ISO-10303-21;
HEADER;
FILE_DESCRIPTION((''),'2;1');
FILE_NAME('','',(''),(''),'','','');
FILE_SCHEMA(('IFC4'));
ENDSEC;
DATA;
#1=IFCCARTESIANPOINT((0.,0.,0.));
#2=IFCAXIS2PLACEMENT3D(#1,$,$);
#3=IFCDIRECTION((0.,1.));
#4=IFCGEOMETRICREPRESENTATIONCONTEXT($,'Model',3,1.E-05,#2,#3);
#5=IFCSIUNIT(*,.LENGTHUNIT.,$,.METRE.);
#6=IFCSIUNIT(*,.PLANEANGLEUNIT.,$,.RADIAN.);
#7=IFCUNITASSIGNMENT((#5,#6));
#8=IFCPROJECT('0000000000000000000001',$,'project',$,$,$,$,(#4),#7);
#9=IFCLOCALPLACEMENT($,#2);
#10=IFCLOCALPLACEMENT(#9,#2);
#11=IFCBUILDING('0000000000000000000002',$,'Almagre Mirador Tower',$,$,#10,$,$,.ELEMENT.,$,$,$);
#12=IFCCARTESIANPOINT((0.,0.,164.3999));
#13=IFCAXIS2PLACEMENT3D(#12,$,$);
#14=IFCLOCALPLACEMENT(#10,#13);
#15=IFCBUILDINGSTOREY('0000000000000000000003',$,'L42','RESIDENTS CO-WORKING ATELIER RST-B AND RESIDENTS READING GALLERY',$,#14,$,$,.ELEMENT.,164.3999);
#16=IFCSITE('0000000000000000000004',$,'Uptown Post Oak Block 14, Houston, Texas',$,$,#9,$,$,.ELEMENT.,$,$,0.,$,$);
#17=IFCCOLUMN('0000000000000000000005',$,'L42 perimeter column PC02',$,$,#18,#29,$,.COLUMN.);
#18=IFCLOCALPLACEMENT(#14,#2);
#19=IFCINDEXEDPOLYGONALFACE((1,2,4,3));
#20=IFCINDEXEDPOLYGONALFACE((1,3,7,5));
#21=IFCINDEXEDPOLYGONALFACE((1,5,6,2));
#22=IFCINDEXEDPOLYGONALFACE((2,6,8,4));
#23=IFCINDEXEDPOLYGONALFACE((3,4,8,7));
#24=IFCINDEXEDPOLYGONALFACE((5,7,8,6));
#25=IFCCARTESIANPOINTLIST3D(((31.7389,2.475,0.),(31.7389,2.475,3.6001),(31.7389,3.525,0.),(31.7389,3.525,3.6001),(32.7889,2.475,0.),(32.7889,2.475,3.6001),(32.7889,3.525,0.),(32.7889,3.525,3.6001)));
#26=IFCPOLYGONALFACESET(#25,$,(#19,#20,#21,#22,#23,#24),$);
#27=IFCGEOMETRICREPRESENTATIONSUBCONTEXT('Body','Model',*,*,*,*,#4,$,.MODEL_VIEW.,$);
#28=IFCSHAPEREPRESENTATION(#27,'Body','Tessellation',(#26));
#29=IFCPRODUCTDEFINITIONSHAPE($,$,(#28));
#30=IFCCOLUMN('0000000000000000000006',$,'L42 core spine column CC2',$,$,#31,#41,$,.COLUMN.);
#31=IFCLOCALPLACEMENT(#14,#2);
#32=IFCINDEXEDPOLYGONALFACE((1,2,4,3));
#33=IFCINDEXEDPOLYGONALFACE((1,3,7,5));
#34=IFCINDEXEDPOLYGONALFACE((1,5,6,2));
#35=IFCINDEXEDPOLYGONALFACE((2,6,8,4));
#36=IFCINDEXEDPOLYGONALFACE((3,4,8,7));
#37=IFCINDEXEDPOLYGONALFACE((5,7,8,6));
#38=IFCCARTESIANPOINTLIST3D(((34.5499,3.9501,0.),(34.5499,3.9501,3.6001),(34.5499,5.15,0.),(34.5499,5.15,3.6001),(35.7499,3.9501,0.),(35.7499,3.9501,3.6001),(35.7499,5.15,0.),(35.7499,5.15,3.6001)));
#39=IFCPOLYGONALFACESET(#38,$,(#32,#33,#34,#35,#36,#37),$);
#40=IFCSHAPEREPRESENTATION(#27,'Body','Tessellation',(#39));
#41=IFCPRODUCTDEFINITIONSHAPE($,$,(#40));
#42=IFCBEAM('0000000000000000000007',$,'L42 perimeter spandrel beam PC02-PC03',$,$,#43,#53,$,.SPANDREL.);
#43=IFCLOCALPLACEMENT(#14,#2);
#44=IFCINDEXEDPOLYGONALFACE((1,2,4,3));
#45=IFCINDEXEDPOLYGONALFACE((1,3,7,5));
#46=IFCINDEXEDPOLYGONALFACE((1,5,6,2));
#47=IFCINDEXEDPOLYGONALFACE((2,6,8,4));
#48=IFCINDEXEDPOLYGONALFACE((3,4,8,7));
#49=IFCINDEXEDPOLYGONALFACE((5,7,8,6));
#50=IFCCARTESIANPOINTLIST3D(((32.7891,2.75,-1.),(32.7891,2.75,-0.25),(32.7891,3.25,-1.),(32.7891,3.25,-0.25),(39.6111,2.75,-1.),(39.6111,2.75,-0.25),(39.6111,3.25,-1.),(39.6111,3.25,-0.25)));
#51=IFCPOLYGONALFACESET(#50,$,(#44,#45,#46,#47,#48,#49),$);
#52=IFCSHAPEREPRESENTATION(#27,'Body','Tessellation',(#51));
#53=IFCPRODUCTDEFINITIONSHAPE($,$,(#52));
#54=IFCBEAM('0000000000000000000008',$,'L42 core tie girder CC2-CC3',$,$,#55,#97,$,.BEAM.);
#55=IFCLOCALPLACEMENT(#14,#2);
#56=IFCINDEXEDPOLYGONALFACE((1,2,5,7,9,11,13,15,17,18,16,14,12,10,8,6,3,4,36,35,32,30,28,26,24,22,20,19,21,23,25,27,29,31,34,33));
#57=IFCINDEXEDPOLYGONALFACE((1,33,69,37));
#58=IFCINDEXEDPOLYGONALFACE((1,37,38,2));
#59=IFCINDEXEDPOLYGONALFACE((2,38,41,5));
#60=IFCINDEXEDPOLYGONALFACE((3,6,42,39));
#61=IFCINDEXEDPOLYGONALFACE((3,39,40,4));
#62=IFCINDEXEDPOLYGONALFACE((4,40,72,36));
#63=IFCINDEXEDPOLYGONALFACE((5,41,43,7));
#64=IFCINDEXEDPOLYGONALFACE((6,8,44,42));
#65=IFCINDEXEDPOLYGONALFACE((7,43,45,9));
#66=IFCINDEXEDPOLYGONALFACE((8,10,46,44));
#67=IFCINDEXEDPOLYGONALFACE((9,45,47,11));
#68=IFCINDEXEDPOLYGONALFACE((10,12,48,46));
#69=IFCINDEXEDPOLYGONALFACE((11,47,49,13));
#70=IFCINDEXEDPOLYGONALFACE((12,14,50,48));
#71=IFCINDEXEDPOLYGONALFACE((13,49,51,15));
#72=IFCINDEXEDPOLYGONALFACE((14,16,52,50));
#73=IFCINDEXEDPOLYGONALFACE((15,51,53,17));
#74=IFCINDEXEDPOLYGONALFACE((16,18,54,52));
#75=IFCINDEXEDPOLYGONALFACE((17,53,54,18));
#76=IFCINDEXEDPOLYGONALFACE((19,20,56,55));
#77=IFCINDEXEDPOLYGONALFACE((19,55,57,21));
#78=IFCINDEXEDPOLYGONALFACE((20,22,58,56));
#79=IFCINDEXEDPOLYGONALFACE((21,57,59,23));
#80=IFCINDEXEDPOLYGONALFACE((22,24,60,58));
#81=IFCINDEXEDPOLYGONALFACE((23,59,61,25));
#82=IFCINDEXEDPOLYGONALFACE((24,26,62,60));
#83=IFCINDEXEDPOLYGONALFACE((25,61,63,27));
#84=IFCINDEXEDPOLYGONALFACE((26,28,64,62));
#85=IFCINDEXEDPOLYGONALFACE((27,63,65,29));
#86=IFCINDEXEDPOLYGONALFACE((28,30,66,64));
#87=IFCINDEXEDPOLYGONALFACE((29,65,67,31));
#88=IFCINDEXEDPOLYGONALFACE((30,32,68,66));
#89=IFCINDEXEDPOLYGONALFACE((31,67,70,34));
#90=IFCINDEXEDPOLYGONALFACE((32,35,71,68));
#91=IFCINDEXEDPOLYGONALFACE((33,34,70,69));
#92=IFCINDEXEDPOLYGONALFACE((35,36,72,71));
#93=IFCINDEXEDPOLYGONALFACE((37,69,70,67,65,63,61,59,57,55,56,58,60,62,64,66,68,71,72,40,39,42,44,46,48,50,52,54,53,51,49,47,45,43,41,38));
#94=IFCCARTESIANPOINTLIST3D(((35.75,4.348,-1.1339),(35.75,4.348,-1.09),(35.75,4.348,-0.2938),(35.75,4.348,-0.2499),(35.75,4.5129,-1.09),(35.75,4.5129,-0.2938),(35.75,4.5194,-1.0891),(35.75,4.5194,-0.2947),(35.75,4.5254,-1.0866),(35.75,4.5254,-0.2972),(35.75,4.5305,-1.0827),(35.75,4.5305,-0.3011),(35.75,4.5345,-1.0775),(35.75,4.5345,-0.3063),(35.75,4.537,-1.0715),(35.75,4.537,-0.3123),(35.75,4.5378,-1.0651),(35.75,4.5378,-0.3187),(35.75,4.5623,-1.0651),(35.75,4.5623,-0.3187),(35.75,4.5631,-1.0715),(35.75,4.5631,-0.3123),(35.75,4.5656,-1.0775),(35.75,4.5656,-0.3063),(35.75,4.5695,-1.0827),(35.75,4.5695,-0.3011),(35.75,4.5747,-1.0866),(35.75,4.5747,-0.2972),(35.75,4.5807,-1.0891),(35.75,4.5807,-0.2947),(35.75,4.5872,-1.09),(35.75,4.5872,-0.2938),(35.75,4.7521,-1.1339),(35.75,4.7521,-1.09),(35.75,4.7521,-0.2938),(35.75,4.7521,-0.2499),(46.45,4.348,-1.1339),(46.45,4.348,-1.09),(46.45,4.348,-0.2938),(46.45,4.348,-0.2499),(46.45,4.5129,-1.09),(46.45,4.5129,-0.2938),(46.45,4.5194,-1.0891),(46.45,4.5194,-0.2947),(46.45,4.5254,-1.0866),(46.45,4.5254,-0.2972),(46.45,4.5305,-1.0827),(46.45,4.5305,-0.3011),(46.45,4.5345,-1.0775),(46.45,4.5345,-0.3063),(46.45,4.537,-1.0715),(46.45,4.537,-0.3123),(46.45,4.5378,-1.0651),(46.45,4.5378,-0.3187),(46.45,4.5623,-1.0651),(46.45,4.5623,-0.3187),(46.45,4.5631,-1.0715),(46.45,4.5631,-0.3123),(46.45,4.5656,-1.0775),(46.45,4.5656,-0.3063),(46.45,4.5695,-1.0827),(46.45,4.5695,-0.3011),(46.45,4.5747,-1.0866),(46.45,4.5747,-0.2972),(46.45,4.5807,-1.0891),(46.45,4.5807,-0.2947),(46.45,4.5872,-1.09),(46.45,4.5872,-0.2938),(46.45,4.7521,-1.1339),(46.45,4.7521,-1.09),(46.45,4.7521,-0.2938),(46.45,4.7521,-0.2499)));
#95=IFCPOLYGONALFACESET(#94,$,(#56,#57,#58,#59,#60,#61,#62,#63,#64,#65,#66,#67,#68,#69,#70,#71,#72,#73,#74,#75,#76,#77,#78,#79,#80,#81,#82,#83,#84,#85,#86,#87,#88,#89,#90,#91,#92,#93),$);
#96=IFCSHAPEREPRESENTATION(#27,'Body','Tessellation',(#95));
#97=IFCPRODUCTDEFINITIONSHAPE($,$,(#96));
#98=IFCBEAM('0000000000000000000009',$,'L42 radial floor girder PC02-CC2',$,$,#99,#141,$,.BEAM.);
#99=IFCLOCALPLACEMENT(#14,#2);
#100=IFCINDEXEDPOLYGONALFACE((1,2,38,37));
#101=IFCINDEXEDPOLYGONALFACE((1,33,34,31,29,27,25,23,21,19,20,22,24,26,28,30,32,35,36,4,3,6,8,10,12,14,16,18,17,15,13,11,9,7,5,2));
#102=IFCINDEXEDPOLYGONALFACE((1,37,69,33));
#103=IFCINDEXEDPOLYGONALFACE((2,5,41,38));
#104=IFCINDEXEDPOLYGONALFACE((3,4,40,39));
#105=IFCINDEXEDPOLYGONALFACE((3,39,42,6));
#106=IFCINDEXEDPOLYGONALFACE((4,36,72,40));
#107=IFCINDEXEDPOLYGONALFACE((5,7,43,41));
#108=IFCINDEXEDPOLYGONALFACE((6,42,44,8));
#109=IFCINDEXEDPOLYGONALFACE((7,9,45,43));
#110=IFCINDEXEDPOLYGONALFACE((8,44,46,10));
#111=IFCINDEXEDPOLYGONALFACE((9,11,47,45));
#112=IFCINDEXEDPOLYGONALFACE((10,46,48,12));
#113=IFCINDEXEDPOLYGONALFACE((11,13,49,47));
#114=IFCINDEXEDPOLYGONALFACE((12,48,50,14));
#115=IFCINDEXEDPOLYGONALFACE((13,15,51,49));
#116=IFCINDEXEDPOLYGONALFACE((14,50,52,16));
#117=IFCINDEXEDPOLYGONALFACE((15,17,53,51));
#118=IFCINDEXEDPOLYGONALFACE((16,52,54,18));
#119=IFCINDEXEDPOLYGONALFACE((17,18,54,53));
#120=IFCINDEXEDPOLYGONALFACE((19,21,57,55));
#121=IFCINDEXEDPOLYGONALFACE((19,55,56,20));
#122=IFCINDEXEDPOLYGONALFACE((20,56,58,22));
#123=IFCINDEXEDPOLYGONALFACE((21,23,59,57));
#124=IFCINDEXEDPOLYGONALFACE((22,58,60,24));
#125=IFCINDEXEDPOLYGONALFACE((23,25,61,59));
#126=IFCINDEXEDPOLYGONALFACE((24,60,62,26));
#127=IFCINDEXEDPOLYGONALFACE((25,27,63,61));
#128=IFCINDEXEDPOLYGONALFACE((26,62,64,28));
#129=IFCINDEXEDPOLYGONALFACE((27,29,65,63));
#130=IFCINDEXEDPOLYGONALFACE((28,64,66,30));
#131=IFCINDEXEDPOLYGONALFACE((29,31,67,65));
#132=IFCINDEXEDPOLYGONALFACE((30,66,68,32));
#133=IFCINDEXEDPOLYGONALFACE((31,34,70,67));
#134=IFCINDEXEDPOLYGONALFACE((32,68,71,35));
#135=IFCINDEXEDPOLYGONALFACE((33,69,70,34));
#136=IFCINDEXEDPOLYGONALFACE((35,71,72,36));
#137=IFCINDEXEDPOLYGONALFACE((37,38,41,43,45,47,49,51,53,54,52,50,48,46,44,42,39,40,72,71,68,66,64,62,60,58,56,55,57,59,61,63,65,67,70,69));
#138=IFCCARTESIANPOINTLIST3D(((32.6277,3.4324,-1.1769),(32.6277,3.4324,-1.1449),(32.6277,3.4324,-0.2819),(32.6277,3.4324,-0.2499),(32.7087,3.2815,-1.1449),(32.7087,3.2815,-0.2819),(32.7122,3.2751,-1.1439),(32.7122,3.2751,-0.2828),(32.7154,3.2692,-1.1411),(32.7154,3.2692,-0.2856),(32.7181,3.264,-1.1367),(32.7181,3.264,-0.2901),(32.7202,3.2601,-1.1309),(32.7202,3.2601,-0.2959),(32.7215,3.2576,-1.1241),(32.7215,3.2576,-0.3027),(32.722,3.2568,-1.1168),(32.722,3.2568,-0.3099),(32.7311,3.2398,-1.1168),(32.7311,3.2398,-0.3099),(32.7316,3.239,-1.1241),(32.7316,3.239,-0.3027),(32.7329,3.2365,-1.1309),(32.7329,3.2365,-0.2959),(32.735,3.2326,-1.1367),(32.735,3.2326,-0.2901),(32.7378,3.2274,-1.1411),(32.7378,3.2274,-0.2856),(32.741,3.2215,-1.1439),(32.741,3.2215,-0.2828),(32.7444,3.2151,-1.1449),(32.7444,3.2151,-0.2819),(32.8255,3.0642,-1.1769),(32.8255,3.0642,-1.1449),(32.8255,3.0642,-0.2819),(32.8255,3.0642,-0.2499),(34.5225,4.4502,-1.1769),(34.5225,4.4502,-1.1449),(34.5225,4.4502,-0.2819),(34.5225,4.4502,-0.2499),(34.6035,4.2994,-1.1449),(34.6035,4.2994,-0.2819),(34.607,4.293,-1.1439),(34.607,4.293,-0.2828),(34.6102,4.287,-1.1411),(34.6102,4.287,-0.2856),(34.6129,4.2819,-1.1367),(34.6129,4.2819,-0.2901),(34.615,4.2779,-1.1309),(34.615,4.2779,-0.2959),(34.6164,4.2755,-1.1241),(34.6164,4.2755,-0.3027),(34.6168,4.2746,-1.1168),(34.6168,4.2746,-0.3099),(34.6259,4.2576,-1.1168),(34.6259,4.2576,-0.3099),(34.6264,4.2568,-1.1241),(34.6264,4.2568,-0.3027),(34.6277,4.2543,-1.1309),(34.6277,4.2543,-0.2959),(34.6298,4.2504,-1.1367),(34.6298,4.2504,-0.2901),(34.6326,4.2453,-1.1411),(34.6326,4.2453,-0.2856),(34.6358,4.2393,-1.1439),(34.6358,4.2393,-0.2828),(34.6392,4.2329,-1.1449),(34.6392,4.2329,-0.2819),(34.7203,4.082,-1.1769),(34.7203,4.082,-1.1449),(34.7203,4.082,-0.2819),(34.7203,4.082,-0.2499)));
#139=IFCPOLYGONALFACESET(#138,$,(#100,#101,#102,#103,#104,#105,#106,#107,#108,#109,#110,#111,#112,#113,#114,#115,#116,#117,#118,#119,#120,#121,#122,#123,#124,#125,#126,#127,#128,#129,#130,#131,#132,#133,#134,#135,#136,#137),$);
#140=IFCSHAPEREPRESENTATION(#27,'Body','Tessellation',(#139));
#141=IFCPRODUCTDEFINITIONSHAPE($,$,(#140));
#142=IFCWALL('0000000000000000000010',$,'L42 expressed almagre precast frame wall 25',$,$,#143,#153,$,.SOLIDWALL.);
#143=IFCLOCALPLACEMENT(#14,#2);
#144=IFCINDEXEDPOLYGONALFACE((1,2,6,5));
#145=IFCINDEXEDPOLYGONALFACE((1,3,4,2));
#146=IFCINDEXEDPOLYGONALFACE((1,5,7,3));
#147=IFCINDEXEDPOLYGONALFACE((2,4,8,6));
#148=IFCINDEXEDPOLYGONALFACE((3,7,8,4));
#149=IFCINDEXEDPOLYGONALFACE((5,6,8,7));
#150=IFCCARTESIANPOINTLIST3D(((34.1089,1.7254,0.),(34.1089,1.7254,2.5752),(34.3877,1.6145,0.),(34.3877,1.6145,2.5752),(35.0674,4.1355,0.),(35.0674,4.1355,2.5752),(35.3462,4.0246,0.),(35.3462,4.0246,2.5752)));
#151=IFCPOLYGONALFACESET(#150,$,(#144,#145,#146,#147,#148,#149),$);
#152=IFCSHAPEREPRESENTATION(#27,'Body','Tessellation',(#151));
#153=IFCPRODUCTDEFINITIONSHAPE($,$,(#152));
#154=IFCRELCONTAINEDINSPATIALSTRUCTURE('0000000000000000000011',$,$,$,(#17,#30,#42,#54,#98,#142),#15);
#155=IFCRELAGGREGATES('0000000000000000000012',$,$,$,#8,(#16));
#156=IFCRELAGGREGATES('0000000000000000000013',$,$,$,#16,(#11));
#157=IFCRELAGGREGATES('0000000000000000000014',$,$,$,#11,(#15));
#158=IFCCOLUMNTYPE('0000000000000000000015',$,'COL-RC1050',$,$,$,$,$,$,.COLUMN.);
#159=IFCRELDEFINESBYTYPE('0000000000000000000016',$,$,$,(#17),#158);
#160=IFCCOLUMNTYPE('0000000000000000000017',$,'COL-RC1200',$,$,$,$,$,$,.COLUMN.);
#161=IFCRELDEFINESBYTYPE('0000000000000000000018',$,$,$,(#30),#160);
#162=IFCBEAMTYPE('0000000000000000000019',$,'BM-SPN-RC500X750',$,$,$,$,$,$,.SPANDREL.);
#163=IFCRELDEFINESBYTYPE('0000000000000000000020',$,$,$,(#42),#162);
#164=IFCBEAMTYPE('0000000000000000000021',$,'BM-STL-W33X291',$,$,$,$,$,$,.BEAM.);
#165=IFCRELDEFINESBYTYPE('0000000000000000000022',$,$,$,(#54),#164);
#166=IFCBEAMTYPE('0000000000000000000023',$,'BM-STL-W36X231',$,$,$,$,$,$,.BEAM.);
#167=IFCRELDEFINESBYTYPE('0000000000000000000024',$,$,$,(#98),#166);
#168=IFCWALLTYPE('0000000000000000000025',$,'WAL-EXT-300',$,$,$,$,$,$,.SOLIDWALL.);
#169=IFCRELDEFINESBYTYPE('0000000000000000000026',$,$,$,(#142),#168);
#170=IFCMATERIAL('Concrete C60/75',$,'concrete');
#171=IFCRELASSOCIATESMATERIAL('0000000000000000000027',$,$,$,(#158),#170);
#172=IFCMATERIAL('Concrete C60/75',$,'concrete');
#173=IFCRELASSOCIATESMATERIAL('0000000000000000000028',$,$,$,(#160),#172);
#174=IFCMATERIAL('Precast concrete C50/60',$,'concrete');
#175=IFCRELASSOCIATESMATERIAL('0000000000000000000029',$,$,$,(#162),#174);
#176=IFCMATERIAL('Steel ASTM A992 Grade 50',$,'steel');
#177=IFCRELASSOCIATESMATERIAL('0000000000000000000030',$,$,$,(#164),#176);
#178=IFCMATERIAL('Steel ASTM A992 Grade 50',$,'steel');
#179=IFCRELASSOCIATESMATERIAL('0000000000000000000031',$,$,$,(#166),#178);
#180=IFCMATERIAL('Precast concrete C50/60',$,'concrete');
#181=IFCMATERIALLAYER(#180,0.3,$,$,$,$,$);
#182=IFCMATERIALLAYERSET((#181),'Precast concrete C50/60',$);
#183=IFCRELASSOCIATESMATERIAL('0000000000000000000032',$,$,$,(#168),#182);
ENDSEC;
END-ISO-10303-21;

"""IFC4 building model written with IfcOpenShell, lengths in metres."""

from ifc_helpers import new_model, si_unit, direction, frame, frame_2d, origin, origin_2d, place, context, subcontext, project, spatial, rectangle, i_section, extrude, material, layer, layer_set, material_profile, profile_set, type_object, element, save


model = new_model("IFC4")

# Units and contexts
model_context = context("Model", 3, precision=1e-05, world=origin(), true_north=direction((0.0, 1.0)))
body_context = subcontext(model_context, "Body", "Model", "MODEL_VIEW")
ifc_project = project(units=[si_unit("LENGTHUNIT", "METRE"), si_unit("PLANEANGLEUNIT", "RADIAN")], contexts=[model_context])

# Site, building, storey
site_placement = place(None, origin())
site = spatial("IfcSite", under=ifc_project, at=site_placement, Name="Uptown Post Oak Block 14, Houston, Texas", CompositionType="ELEMENT", RefElevation=0.0)
building_placement = place(site_placement, origin())
building = spatial("IfcBuilding", under=site, at=building_placement, Name="Almagre Mirador Tower", CompositionType="ELEMENT")
storey_placement = place(building_placement, frame((0.0, 0.0, 164.3999)))
storey = spatial("IfcBuildingStorey", under=building, at=storey_placement, Name="L42", Description="RESIDENTS CO-WORKING ATELIER RST-B AND RESIDENTS READING GALLERY", CompositionType="ELEMENT", Elevation=164.3999)

# Columns
ifc_material_1 = material(Name="Concrete C60/75", Category="concrete")
ifc_material_profile_1 = material_profile(ifc_material_1, rectangle(XDim=1.05, YDim=1.05, at=origin_2d()), Name="RC1050X1050")
ifc_profile_set_1 = profile_set([ifc_material_profile_1], Name="Concrete C60/75")
column_type_1 = type_object("IfcColumnType", Name="COL-RC1050", PredefinedType="COLUMN", material=ifc_profile_set_1)
column_1_placement = place(storey_placement, frame((32.2639, 3.0, 0.0), z_axis=(0.0, 0.0, 1.0), x_axis=(1.0, 0.0, 0.0)))
element("IfcColumn", 1, at=column_1_placement, inside=storey, type_object=column_type_1, Name="L42 perimeter column PC02", PredefinedType="COLUMN", context=body_context, shape_type="SweptSolid", body=[
    extrude(rectangle(XDim=1.05, YDim=1.05, at=origin_2d()), origin(), (0.0, 0.0, 1.0), 3.6001),
])
ifc_material_2 = material(Name="Concrete C60/75", Category="concrete")
ifc_material_profile_2 = material_profile(ifc_material_2, rectangle(XDim=1.2, YDim=1.2, at=origin_2d()), Name="RC1200X1200")
ifc_profile_set_2 = profile_set([ifc_material_profile_2], Name="Concrete C60/75")
column_type_2 = type_object("IfcColumnType", Name="COL-RC1200", PredefinedType="COLUMN", material=ifc_profile_set_2)
column_2_placement = place(storey_placement, frame((35.1499, 4.55, 0.0), z_axis=(0.0, 0.0, 1.0), x_axis=(1.0, 0.0, 0.0)))
element("IfcColumn", 2, at=column_2_placement, inside=storey, type_object=column_type_2, Name="L42 core spine column CC2", PredefinedType="COLUMN", context=body_context, shape_type="SweptSolid", body=[
    extrude(rectangle(XDim=1.2, YDim=1.2, at=origin_2d()), origin(), (0.0, 0.0, 1.0), 3.6001),
])

# Beams
ifc_material_3 = material(Name="Precast concrete C50/60", Category="concrete")
ifc_material_profile_3 = material_profile(ifc_material_3, rectangle(XDim=0.5, YDim=0.75, at=origin_2d()), Name="RC500X750")
ifc_profile_set_3 = profile_set([ifc_material_profile_3], Name="Precast concrete C50/60")
beam_type_1 = type_object("IfcBeamType", Name="BM-SPN-RC500X750", PredefinedType="SPANDREL", material=ifc_profile_set_3)
beam_1_placement = place(storey_placement, frame((32.7891, 3.0, -0.625), z_axis=(1.0, 0.0, 0.0), x_axis=(0.0, 1.0, 0.0)))
element("IfcBeam", 3, at=beam_1_placement, inside=storey, type_object=beam_type_1, Name="L42 perimeter spandrel beam PC02-PC03", PredefinedType="SPANDREL", context=body_context, shape_type="SweptSolid", body=[
    extrude(rectangle(XDim=0.5, YDim=0.75, at=origin_2d()), origin(), (0.0, 0.0, 1.0), 6.822),
])
ifc_material_4 = material(Name="Steel ASTM A992 Grade 50", Category="steel")
ifc_material_profile_4 = material_profile(ifc_material_4, i_section(OverallWidth=0.4041, OverallDepth=0.884, WebThickness=0.0244, FlangeThickness=0.0439, FilletRadius=0.0249, at=origin_2d()), Name="W33X291")
ifc_profile_set_4 = profile_set([ifc_material_profile_4], Name="Steel ASTM A992 Grade 50")
beam_type_2 = type_object("IfcBeamType", Name="BM-STL-W33X291", PredefinedType="BEAM", material=ifc_profile_set_4)
beam_2_placement = place(storey_placement, frame((35.75, 4.55, -0.6919), z_axis=(1.0, 0.0, 0.0), x_axis=(0.0, 1.0, 0.0)))
element("IfcBeam", 4, at=beam_2_placement, inside=storey, type_object=beam_type_2, Name="L42 core tie girder CC2-CC3", PredefinedType="BEAM", context=body_context, shape_type="SweptSolid", body=[
    extrude(i_section(OverallWidth=0.4041, OverallDepth=0.884, WebThickness=0.0244, FlangeThickness=0.0439, FilletRadius=0.0249, at=origin_2d()), origin(), (0.0, 0.0, 1.0), 10.7),
])
ifc_material_5 = material(Name="Steel ASTM A992 Grade 50", Category="steel")
ifc_material_profile_5 = material_profile(ifc_material_5, i_section(OverallWidth=0.418, OverallDepth=0.927, WebThickness=0.0193, FlangeThickness=0.032, FilletRadius=0.0281, at=origin_2d()), Name="W36X231")
ifc_profile_set_5 = profile_set([ifc_material_profile_5], Name="Steel ASTM A992 Grade 50")
beam_type_3 = type_object("IfcBeamType", Name="BM-STL-W36X231", PredefinedType="BEAM", material=ifc_profile_set_5)
beam_3_placement = place(storey_placement, frame((32.7266, 3.2483, -0.7134), z_axis=(0.880944, 0.47322, 0.0), x_axis=(-0.47322, 0.880944, 0.0)))
element("IfcBeam", 5, at=beam_3_placement, inside=storey, type_object=beam_type_3, Name="L42 radial floor girder PC02-CC2", PredefinedType="BEAM", context=body_context, shape_type="SweptSolid", body=[
    extrude(i_section(OverallWidth=0.418, OverallDepth=0.927, WebThickness=0.0193, FlangeThickness=0.032, FilletRadius=0.0281, at=origin_2d()), origin(), (0.0, 0.0, 1.0), 2.1509),
])

# Wall
ifc_material_6 = material(Name="Precast concrete C50/60", Category="concrete")
ifc_layer_1 = layer(ifc_material_6, 0.3)
ifc_layer_set_1 = layer_set([ifc_layer_1], Name="Precast concrete C50/60")
wall_type_1 = type_object("IfcWallType", Name="WAL-EXT-300", PredefinedType="SOLIDWALL", material=ifc_layer_set_1)
wall_1_placement = place(storey_placement, frame((35.2068, 4.0801, 0.0), z_axis=(0.0, 0.0, 1.0), x_axis=(-0.36954, -0.929215, 0.0)))
element("IfcWall", 6, at=wall_1_placement, inside=storey, type_object=wall_type_1, Name="L42 expressed almagre precast frame wall 25", PredefinedType="SOLIDWALL", context=body_context, shape_type="SweptSolid", body=[
    extrude(rectangle(XDim=2.5938, YDim=0.3, at=frame_2d((1.2969, 0.0))), origin(), (0.0, 0.0, 1.0), 2.5752),
])

save(model, "model.ifc")
